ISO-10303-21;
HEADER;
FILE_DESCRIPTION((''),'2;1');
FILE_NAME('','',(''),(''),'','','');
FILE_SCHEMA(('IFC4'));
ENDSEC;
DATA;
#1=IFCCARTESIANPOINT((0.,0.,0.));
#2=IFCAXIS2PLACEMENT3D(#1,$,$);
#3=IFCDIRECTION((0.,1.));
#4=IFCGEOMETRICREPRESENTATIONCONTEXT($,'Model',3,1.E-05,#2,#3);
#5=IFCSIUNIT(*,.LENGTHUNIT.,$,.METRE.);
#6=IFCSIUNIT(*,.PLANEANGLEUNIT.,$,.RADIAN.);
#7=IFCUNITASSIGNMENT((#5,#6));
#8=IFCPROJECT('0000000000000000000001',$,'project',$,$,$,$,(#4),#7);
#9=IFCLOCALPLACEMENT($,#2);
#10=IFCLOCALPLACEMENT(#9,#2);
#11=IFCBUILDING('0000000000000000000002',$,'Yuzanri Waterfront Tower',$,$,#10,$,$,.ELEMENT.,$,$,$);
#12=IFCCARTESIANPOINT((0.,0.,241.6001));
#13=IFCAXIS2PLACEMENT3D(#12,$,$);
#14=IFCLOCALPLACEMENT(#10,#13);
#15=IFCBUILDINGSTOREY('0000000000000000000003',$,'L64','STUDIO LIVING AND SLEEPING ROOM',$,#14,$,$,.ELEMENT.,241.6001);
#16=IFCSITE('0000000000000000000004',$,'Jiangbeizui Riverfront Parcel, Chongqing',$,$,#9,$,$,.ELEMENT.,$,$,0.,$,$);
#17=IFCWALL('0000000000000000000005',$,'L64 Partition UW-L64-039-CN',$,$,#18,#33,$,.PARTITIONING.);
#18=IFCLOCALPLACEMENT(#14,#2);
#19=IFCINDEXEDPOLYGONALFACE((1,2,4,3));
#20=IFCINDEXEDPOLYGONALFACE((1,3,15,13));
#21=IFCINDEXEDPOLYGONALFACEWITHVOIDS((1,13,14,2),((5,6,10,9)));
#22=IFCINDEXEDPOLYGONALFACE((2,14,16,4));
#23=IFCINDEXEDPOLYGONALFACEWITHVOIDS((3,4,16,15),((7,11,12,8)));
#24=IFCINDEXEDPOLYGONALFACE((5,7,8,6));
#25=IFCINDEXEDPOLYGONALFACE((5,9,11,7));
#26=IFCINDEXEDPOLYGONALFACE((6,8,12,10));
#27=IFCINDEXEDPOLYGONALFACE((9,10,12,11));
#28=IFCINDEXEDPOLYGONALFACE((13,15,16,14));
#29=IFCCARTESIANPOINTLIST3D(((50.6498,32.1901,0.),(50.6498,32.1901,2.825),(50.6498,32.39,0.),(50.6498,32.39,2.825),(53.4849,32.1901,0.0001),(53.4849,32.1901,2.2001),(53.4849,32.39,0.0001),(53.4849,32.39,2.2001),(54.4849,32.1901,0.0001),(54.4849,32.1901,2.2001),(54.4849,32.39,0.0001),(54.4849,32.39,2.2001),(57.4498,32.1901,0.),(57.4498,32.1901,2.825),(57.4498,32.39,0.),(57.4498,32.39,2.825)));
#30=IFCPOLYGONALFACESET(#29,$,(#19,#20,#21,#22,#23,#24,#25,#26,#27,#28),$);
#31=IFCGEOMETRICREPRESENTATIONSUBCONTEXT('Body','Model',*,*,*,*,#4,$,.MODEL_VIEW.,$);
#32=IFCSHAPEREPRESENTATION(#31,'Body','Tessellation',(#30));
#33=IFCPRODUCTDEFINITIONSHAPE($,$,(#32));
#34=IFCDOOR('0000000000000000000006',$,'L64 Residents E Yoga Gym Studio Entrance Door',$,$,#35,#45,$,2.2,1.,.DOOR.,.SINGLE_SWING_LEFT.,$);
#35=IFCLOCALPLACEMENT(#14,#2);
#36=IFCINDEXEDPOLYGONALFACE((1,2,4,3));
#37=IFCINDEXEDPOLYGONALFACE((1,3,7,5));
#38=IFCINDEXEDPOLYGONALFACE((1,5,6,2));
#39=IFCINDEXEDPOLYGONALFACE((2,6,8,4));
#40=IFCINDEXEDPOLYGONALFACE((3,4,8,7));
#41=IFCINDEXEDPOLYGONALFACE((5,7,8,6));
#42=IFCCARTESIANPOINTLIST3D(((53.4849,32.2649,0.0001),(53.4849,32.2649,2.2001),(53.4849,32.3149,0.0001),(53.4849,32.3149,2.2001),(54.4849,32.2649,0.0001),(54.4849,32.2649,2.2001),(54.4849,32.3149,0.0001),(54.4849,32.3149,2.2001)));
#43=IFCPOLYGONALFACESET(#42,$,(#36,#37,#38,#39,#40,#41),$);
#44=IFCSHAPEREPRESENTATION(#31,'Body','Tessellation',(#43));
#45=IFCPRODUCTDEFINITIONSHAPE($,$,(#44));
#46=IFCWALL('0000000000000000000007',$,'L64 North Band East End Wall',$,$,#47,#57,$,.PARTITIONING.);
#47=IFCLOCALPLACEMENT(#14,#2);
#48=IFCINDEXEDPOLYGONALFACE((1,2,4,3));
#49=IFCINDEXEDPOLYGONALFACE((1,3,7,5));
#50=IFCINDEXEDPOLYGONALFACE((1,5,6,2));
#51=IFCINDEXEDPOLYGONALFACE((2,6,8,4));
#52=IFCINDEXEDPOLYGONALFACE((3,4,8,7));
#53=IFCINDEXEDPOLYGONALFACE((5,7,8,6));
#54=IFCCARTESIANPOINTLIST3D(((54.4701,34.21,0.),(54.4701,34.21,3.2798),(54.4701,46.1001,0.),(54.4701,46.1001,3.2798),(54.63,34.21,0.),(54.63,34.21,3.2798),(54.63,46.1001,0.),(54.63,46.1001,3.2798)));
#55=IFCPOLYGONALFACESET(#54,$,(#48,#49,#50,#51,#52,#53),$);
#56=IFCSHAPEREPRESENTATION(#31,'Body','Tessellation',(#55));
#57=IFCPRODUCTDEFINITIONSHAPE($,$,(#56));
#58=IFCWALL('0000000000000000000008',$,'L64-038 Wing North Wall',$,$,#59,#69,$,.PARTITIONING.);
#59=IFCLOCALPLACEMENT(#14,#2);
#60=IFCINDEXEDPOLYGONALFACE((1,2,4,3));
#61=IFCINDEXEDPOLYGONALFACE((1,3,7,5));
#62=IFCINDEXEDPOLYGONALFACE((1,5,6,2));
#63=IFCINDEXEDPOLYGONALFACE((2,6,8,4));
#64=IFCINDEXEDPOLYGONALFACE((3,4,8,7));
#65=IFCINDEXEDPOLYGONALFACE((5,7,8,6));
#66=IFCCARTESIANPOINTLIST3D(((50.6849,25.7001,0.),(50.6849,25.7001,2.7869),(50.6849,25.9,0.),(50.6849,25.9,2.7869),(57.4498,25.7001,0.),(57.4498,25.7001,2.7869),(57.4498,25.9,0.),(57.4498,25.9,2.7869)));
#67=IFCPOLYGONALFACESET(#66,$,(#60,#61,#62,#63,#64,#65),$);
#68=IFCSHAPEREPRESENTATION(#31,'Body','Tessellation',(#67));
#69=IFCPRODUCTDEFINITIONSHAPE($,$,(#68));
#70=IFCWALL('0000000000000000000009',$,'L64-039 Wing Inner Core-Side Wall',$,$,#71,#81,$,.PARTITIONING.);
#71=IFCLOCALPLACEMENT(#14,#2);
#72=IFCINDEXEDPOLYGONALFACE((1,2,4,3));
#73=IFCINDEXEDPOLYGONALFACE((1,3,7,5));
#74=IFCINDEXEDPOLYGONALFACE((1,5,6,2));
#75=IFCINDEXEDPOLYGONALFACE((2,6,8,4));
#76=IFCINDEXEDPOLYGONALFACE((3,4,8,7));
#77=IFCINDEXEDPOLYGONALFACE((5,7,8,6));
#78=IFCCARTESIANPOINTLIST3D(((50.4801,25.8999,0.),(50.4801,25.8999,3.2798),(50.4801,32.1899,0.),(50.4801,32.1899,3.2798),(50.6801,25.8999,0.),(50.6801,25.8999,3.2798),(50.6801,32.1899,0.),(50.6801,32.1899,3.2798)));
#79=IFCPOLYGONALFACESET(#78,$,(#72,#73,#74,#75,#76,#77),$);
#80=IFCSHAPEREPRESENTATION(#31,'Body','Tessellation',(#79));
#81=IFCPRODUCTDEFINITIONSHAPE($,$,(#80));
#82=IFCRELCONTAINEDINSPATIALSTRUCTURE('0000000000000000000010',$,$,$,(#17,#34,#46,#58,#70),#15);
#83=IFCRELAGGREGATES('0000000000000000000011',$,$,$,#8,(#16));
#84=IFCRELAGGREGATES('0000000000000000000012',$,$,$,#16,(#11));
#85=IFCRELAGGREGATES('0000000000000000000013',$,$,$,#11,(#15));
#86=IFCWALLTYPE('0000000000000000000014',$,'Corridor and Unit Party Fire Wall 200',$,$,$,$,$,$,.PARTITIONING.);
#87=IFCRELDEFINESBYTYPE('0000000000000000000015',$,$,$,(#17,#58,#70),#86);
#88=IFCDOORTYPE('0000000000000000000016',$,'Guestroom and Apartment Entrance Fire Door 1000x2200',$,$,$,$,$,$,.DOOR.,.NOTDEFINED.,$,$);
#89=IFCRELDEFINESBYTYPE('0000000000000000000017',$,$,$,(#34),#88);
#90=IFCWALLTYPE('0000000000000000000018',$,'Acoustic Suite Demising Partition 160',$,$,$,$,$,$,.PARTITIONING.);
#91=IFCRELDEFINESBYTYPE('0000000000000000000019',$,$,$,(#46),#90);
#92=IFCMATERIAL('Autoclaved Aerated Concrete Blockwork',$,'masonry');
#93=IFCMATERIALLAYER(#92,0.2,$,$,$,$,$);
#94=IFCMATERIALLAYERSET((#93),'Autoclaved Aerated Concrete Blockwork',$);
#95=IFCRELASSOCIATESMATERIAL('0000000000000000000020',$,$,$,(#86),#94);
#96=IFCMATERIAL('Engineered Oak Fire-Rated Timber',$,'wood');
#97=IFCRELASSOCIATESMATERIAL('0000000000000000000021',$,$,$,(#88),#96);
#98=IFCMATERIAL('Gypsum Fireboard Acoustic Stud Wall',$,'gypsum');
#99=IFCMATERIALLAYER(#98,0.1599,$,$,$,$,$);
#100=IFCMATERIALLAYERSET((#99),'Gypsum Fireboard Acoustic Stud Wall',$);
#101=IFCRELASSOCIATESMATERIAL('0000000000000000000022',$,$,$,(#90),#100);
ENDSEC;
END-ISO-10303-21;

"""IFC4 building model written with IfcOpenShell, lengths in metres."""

from ifc_helpers import new_model, si_unit, direction, frame, frame_2d, origin, place, context, subcontext, project, spatial, rectangle, extrude, source, transform, mapped, material, layer, layer_set, type_object, element, fill, save


model = new_model("IFC4")

# Units and contexts
model_context = context("Model", 3, precision=1e-05, world=origin(), true_north=direction((0.0, 1.0)))
body_context = subcontext(model_context, "Body", "Model", "MODEL_VIEW")
ifc_project = project(units=[si_unit("LENGTHUNIT", "METRE"), si_unit("PLANEANGLEUNIT", "RADIAN")], contexts=[model_context])

# Site, building, storey
site_placement = place(None, origin())
site = spatial("IfcSite", under=ifc_project, at=site_placement, Name="Jiangbeizui Riverfront Parcel, Chongqing", CompositionType="ELEMENT", RefElevation=0.0)
building_placement = place(site_placement, origin())
building = spatial("IfcBuilding", under=site, at=building_placement, Name="Yuzanri Waterfront Tower", CompositionType="ELEMENT")
storey_placement = place(building_placement, frame((0.0, 0.0, 241.6001)))
storey = spatial("IfcBuildingStorey", under=building, at=storey_placement, Name="L64", Description="STUDIO LIVING AND SLEEPING ROOM", CompositionType="ELEMENT", Elevation=241.6001)

# Wall, opening, door
ifc_material_1 = material(Name="Autoclaved Aerated Concrete Blockwork", Category="masonry")
ifc_layer_1 = layer(ifc_material_1, 0.2)
ifc_layer_set_1 = layer_set([ifc_layer_1], Name="Autoclaved Aerated Concrete Blockwork")
wall_type_1 = type_object("IfcWallType", Name="Corridor and Unit Party Fire Wall 200", PredefinedType="PARTITIONING", material=ifc_layer_set_1)
wall_1_placement = place(storey_placement, frame((50.6499, 32.29, 0.0), z_axis=(0.0, 0.0, 1.0), x_axis=(1.0, 0.0, 0.0)))
wall_1 = element("IfcWall", 1, at=wall_1_placement, inside=storey, type_object=wall_type_1, Name="L64 Partition UW-L64-039-CN", PredefinedType="PARTITIONING", context=body_context, shape_type="SweptSolid", body=[
    extrude(rectangle(XDim=6.8, YDim=0.2, at=frame_2d((3.3999, 0.0))), origin(), (0.0, 0.0, 1.0), 2.825),
])
opening_1_placement = place(wall_1_placement, frame((2.835, 0.0, 0.0)))
opening_1 = element("IfcOpeningElement", 2, at=opening_1_placement, cuts=wall_1, PredefinedType="OPENING", context=body_context, shape_type="SweptSolid", body=[
    extrude(rectangle(XDim=1.0, YDim=2.2, at=frame_2d((0.5, 1.1001))), frame((0.0, 0.1147, 0.0), z_axis=(0.0, -1.0, 0.0), x_axis=(1.0, 0.0, 0.0)), (0.0, 0.0, 1.0), 0.2297),
])
ifc_material_2 = material(Name="Engineered Oak Fire-Rated Timber", Category="wood")
door_type_1 = type_object("IfcDoorType", Name="Guestroom and Apartment Entrance Fire Door 1000x2200", OperationType="NOTDEFINED", PredefinedType="DOOR", material=ifc_material_2)
shared_shape_1 = source(origin(), body_context, "Body", "SweptSolid", [
    extrude(rectangle(XDim=1.0, YDim=2.2, at=frame_2d((0.5, 1.1001))), frame((0.0, 0.0249, 0.0), z_axis=(0.0, -1.0, 0.0), x_axis=(1.0, 0.0, 0.0)), (0.0, 0.0, 1.0), 0.05),
])
door_1_placement = place(opening_1_placement, origin())
door_1 = element("IfcDoor", 3, at=door_1_placement, inside=storey, type_object=door_type_1, Name="L64 Residents E Yoga Gym Studio Entrance Door", OperationType="SINGLE_SWING_LEFT", OverallHeight=2.2, OverallWidth=1.0, PredefinedType="DOOR", context=body_context, shape_type="MappedRepresentation", body=[
    mapped(shared_shape_1, transform((0.0, 0.0, 0.0), scale=1.0)),
])
fill(opening_1, door_1)

# Walls
ifc_material_3 = material(Name="Gypsum Fireboard Acoustic Stud Wall", Category="gypsum")
ifc_layer_2 = layer(ifc_material_3, 0.1599)
ifc_layer_set_2 = layer_set([ifc_layer_2], Name="Gypsum Fireboard Acoustic Stud Wall")
wall_type_2 = type_object("IfcWallType", Name="Acoustic Suite Demising Partition 160", PredefinedType="PARTITIONING", material=ifc_layer_set_2)
shared_shape_2 = source(origin(), body_context, "Body", "SweptSolid", [
    extrude(rectangle(XDim=11.8901, YDim=0.1599, at=frame_2d((5.9451, 0.0))), origin(), (0.0, 0.0, 1.0), 3.2798),
])
wall_2_placement = place(storey_placement, frame((54.55, 34.21, 0.0), z_axis=(0.0, 0.0, 1.0), x_axis=(0.0, 1.0, 0.0)))
element("IfcWall", 4, at=wall_2_placement, inside=storey, type_object=wall_type_2, Name="L64 North Band East End Wall", PredefinedType="PARTITIONING", context=body_context, shape_type="MappedRepresentation", body=[
    mapped(shared_shape_2, transform((0.0, 0.0, 0.0), scale=1.0)),
])
shared_shape_3 = source(origin(), body_context, "Body", "SweptSolid", [
    extrude(rectangle(XDim=6.7649, YDim=0.2, at=frame_2d((3.3823, 0.0))), origin(), (0.0, 0.0, 1.0), 2.7869),
])
wall_3_placement = place(storey_placement, frame((50.6851, 25.8, 0.0), z_axis=(0.0, 0.0, 1.0), x_axis=(1.0, 0.0, 0.0)))
element("IfcWall", 5, at=wall_3_placement, inside=storey, type_object=wall_type_1, Name="L64-038 Wing North Wall", PredefinedType="PARTITIONING", context=body_context, shape_type="MappedRepresentation", body=[
    mapped(shared_shape_3, transform((0.0, 0.0, 0.0), scale=1.0)),
])
shared_shape_4 = source(origin(), body_context, "Body", "SweptSolid", [
    extrude(rectangle(XDim=6.29, YDim=0.2, at=frame_2d((3.145, 0.0))), origin(), (0.0, 0.0, 1.0), 3.2798),
])
wall_4_placement = place(storey_placement, frame((50.5801, 25.8999, 0.0), z_axis=(0.0, 0.0, 1.0), x_axis=(0.0, 1.0, 0.0)))
element("IfcWall", 6, at=wall_4_placement, inside=storey, type_object=wall_type_1, Name="L64-039 Wing Inner Core-Side Wall", PredefinedType="PARTITIONING", context=body_context, shape_type="MappedRepresentation", body=[
    mapped(shared_shape_4, transform((0.0, 0.0, 0.0), scale=1.0)),
])

save(model, "model.ifc")
